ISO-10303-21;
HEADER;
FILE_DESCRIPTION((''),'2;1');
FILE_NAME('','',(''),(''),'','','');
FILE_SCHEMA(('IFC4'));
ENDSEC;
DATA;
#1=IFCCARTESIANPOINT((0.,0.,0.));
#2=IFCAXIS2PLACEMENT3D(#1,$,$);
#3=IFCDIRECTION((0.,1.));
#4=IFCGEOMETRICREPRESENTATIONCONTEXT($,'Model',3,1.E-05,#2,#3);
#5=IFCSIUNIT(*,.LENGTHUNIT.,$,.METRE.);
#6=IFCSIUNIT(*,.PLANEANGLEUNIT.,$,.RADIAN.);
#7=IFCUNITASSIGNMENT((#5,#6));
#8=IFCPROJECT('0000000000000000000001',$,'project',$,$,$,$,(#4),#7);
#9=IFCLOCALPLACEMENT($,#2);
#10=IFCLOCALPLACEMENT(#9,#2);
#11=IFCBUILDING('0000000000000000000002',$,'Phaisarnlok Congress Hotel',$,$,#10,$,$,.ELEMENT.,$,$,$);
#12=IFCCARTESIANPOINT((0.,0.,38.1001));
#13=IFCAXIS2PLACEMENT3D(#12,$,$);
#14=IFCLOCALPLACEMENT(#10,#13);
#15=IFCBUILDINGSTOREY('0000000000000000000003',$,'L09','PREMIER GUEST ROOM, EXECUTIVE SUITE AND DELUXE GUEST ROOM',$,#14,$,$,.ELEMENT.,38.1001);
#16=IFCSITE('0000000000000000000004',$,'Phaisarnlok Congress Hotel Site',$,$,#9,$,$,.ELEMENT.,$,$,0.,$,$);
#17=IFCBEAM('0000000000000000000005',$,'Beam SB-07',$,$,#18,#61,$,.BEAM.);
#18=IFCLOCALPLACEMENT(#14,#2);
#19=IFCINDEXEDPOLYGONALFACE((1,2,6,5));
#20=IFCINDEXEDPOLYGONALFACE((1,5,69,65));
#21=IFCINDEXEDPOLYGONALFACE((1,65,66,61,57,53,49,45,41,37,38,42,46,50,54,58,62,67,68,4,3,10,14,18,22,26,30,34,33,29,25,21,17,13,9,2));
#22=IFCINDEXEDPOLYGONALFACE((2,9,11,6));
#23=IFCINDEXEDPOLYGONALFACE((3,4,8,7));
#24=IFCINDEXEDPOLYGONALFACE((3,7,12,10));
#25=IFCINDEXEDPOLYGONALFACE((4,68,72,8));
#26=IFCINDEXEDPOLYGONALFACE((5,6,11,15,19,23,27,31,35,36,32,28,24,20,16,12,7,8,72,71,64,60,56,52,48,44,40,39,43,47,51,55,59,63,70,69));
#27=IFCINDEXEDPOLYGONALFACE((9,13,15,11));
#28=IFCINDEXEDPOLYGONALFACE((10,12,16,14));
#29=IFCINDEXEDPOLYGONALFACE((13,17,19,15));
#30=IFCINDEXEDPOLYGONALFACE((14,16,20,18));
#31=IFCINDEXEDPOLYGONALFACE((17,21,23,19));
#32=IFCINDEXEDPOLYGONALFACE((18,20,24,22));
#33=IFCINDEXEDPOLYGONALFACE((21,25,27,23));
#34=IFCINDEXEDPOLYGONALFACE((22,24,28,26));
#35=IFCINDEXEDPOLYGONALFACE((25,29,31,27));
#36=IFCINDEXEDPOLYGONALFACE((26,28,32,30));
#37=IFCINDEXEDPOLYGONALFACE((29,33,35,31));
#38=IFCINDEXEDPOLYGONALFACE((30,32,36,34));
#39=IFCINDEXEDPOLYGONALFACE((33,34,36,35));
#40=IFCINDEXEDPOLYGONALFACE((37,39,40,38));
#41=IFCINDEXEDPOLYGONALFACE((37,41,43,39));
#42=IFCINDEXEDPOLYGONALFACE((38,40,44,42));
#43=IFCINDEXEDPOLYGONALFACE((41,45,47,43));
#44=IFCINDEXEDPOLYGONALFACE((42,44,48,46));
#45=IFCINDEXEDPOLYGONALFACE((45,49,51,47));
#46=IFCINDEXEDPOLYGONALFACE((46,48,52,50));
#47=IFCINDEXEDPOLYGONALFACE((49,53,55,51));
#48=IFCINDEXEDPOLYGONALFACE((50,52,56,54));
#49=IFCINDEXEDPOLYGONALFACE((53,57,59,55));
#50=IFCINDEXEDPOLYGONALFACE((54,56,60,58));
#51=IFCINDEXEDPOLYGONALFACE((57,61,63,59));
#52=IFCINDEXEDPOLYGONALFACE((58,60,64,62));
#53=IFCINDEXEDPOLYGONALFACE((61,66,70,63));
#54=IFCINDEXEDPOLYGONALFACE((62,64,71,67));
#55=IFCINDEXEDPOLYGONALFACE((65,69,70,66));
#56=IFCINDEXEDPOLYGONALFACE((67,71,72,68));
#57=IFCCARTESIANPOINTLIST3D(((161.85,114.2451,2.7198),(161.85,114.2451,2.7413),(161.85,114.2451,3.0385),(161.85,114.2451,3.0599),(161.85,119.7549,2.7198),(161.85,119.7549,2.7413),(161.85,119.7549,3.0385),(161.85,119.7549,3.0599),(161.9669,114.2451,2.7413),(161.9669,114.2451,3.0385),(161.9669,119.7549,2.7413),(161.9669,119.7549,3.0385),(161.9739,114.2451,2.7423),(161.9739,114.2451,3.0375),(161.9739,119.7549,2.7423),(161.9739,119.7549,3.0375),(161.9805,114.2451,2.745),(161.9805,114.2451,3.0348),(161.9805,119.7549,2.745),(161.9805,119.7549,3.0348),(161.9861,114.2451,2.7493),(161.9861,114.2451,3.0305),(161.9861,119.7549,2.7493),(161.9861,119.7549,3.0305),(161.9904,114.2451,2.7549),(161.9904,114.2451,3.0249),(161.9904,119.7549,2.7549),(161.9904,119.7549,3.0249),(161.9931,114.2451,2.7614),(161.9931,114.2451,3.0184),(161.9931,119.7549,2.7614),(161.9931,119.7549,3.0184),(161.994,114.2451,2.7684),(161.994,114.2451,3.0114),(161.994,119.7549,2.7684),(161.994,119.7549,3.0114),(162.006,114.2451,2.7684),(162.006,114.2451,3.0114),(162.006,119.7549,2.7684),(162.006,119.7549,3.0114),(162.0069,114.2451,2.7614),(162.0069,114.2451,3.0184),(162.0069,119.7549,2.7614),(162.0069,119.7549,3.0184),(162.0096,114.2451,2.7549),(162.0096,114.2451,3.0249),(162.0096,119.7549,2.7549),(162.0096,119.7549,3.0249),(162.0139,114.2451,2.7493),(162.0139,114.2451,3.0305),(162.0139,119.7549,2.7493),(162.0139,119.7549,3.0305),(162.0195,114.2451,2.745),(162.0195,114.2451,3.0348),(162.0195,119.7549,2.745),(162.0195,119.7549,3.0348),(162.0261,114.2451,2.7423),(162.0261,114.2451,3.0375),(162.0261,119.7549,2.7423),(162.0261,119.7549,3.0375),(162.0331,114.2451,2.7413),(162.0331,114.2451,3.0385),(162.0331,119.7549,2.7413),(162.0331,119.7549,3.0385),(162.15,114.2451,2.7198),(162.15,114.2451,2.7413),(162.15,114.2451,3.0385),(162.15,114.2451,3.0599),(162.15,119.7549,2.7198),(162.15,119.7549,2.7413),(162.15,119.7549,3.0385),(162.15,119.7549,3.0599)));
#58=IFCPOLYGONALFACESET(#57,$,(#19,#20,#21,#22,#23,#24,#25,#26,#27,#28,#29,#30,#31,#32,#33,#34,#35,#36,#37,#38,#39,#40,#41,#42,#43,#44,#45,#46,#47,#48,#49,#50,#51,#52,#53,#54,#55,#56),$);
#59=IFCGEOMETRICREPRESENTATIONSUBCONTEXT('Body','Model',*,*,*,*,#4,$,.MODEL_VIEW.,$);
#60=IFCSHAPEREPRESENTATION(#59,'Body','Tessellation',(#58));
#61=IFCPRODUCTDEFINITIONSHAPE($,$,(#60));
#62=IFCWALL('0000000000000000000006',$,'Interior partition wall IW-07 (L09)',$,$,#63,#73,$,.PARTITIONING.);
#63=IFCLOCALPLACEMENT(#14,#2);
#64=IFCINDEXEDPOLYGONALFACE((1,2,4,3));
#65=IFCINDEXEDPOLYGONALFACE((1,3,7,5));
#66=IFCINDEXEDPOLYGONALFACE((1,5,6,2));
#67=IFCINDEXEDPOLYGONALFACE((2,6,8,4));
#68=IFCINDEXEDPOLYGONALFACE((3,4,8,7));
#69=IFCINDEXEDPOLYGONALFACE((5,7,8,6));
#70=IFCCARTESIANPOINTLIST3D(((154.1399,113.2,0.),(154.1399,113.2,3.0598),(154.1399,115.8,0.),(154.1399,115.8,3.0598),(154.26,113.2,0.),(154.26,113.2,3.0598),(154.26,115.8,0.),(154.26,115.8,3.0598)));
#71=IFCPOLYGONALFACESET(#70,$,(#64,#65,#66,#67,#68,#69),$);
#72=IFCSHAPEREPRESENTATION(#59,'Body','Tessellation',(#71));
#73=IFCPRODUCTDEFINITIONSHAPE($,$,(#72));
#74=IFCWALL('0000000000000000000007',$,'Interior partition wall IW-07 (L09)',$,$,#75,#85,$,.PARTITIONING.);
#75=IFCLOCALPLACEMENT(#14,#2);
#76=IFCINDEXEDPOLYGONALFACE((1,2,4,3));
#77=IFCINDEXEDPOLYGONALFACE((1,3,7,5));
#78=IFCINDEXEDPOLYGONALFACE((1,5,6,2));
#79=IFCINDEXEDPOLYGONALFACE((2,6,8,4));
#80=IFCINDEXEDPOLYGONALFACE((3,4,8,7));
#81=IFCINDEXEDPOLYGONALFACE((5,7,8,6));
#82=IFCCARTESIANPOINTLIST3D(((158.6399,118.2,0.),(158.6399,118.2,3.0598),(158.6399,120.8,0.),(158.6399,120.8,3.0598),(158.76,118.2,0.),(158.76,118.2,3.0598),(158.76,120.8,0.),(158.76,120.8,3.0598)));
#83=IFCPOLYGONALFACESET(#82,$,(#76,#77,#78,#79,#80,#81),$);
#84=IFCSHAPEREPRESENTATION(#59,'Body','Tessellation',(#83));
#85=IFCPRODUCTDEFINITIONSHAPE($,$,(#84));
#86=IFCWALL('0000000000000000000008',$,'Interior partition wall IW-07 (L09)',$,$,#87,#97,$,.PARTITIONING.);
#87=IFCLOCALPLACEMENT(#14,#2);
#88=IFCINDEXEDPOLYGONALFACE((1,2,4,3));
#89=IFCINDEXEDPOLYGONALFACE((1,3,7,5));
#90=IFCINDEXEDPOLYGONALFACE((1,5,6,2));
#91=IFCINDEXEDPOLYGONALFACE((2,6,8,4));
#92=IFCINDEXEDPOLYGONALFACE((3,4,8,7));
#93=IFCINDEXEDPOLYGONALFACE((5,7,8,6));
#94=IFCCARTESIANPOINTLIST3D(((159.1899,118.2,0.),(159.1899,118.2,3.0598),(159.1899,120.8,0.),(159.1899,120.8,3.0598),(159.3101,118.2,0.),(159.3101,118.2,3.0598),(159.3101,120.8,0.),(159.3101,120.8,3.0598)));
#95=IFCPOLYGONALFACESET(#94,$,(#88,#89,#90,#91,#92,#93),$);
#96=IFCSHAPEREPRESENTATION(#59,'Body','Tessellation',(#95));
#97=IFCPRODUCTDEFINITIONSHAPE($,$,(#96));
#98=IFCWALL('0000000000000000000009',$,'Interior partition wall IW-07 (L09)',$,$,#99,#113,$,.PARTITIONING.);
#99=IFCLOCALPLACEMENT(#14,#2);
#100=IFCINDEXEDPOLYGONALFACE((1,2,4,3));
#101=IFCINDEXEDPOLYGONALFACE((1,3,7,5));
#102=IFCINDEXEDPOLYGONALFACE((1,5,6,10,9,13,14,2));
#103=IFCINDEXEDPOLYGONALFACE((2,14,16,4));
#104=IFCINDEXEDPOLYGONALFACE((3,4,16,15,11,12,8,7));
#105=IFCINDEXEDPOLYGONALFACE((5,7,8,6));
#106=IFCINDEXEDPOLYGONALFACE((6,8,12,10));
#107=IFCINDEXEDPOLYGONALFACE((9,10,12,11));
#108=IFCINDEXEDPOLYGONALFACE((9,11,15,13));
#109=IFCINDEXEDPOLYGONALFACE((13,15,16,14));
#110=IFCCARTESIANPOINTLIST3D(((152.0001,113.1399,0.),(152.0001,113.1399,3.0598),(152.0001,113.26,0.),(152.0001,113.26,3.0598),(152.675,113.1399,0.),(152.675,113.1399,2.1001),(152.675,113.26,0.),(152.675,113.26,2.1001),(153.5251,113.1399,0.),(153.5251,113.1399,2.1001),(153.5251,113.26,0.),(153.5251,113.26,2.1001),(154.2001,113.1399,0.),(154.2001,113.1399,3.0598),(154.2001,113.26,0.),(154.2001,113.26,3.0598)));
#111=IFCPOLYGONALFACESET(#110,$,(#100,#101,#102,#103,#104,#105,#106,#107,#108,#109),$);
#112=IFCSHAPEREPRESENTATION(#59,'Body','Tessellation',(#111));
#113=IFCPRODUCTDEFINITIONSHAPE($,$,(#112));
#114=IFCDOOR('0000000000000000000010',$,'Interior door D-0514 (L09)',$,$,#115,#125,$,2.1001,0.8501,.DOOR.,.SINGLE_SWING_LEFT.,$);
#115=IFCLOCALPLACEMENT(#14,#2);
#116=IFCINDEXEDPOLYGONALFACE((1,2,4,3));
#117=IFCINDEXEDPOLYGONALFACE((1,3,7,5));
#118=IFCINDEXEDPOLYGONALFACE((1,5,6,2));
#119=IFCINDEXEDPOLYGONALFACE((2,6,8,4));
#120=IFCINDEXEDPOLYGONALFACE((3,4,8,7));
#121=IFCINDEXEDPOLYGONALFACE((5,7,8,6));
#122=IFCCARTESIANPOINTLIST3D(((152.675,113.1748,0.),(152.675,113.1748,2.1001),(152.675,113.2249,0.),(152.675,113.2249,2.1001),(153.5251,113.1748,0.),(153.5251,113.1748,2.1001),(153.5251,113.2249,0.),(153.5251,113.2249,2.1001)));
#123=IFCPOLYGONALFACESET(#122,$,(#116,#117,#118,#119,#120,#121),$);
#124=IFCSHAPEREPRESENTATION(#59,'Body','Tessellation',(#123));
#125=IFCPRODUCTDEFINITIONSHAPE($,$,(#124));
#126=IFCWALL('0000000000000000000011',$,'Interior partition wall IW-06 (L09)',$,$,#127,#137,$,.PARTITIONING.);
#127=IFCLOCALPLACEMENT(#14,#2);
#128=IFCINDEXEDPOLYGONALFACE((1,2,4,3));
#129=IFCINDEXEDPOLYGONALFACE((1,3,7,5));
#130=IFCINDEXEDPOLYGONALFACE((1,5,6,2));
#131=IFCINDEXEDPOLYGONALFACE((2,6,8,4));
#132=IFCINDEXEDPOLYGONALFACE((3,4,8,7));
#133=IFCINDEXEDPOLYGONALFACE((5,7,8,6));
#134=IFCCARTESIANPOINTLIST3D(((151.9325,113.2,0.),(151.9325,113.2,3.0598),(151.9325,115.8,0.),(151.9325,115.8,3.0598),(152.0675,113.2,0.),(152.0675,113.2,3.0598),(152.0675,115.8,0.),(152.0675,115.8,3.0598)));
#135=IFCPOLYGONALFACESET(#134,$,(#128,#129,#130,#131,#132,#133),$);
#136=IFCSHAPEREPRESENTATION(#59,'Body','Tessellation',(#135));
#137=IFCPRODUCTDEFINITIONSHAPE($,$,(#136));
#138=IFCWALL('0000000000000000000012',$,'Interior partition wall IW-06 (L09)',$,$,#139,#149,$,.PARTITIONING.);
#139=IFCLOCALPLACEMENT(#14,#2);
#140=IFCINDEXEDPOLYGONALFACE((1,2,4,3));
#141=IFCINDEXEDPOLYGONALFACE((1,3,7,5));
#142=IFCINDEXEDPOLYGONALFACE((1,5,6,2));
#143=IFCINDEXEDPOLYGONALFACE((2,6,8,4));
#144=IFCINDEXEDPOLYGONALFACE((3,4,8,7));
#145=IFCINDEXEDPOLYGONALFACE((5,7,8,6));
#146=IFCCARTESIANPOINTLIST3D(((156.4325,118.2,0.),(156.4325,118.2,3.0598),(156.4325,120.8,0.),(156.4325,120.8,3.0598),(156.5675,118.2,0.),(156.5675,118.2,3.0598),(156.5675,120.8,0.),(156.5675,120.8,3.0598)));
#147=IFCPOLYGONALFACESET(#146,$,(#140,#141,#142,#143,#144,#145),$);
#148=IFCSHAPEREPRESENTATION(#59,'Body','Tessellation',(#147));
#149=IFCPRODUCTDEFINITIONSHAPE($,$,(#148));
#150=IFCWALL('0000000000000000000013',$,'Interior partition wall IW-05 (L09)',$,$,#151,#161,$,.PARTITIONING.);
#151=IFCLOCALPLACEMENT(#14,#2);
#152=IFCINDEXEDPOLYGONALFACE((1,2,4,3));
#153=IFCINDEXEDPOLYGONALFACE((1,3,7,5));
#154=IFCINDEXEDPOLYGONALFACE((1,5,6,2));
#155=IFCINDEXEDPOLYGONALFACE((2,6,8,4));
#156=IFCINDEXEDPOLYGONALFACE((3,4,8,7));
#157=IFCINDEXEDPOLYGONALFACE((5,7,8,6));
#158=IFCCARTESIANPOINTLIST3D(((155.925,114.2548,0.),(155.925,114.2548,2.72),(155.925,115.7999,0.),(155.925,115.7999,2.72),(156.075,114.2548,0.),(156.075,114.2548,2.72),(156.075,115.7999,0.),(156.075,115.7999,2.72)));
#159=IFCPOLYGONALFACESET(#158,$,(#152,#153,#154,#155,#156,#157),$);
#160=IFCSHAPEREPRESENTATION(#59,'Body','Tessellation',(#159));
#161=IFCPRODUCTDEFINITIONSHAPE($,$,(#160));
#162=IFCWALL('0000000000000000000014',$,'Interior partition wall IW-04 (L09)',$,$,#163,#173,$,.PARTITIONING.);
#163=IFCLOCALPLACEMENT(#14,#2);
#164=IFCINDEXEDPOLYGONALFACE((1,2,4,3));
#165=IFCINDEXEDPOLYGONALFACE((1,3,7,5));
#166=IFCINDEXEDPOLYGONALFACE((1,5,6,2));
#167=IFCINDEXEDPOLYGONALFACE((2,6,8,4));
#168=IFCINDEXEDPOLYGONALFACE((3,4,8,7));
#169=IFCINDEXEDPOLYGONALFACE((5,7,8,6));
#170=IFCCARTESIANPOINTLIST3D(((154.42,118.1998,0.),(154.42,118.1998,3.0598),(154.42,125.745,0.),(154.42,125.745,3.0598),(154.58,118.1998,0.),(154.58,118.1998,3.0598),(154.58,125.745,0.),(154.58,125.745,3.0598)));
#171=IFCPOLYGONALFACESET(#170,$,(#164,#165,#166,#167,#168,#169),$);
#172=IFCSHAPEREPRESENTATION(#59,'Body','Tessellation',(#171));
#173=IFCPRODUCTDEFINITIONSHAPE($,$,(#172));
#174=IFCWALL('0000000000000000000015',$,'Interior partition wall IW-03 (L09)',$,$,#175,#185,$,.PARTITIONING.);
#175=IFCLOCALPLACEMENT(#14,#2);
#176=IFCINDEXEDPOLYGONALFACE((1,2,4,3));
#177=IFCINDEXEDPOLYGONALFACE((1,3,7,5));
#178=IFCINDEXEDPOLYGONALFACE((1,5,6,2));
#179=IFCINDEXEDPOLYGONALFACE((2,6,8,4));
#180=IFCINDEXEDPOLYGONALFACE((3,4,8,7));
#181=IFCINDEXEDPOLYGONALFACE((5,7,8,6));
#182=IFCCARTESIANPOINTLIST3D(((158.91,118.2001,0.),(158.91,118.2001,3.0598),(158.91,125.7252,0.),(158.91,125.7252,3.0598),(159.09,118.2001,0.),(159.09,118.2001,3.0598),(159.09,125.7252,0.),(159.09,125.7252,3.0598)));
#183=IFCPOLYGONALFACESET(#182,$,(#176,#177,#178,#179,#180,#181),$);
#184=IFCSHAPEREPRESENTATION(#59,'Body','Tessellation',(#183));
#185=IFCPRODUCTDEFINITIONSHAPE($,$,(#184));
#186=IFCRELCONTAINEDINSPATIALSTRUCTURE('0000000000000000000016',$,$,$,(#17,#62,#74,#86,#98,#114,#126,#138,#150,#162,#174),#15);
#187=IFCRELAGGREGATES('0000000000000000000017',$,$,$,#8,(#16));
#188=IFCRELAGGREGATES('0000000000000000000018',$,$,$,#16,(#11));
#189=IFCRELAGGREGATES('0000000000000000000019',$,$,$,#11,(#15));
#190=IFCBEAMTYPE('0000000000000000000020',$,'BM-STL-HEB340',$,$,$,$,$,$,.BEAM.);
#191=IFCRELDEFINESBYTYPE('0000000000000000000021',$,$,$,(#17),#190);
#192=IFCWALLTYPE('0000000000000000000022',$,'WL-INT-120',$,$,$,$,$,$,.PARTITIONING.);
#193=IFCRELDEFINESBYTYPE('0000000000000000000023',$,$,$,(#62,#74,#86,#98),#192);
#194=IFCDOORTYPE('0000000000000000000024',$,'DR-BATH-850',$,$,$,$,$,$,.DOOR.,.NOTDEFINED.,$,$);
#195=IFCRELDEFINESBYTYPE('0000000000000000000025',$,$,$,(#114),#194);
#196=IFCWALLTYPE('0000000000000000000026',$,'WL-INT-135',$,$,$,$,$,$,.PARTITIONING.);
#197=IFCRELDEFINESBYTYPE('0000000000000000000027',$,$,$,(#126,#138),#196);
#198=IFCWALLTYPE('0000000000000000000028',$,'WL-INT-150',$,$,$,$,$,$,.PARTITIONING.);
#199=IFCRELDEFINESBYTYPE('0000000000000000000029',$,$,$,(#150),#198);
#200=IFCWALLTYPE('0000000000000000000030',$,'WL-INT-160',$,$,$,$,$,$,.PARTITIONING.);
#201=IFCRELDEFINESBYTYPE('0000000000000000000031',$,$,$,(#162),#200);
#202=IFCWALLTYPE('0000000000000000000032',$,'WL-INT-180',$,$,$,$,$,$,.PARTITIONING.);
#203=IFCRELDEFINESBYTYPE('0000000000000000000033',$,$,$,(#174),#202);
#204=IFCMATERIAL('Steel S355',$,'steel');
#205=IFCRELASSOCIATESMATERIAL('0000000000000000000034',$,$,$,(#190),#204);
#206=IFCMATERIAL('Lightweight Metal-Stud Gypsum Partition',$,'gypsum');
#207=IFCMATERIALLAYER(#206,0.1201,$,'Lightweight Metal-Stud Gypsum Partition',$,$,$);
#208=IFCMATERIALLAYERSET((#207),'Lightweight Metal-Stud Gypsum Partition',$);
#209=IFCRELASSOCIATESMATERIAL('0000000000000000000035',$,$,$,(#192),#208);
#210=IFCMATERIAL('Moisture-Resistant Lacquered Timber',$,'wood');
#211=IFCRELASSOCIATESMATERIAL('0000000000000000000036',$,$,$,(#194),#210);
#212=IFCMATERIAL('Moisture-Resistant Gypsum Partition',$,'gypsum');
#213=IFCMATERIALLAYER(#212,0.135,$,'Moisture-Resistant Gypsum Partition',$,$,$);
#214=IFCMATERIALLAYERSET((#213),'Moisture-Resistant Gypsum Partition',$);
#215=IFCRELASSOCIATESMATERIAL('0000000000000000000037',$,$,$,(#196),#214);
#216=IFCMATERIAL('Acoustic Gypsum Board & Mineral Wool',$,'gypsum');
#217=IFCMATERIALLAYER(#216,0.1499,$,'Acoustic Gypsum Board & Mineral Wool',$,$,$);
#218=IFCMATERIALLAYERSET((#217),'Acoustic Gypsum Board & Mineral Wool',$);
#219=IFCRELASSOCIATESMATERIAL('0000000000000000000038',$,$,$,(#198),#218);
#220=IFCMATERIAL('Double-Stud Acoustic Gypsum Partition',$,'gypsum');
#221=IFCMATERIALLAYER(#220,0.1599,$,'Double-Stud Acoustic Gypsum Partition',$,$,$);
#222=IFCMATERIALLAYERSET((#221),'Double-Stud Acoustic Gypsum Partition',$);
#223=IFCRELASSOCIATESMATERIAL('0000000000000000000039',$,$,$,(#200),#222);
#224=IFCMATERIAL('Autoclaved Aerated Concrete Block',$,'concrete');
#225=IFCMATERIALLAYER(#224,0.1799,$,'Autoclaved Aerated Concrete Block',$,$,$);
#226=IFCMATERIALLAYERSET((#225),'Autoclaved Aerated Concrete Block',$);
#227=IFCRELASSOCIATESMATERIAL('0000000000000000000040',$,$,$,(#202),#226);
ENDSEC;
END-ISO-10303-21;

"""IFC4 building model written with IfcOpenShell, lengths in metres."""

from ifc_helpers import new_model, si_unit, direction, frame, frame_2d, origin, origin_2d, place, context, subcontext, project, spatial, rectangle, i_section, extrude, material, layer, layer_set, material_profile, profile_set, type_object, element, fill, save


model = new_model("IFC4")

# Units and contexts
model_context = context("Model", 3, precision=1e-05, world=origin(), true_north=direction((0.0, 1.0)))
body_context = subcontext(model_context, "Body", "Model", "MODEL_VIEW")
ifc_project = project(units=[si_unit("LENGTHUNIT", "METRE"), si_unit("PLANEANGLEUNIT", "RADIAN")], contexts=[model_context])

# Site, building, storey
site_placement = place(None, origin())
site = spatial("IfcSite", under=ifc_project, at=site_placement, Name="Phaisarnlok Congress Hotel Site", CompositionType="ELEMENT", RefElevation=0.0)
building_placement = place(site_placement, origin())
building = spatial("IfcBuilding", under=site, at=building_placement, Name="Phaisarnlok Congress Hotel", CompositionType="ELEMENT")
storey_placement = place(building_placement, frame((0.0, 0.0, 38.1001)))
storey = spatial("IfcBuildingStorey", under=building, at=storey_placement, Name="L09", Description="PREMIER GUEST ROOM, EXECUTIVE SUITE AND DELUXE GUEST ROOM", CompositionType="ELEMENT", Elevation=38.1001)

# Beam
ifc_material_1 = material(Name="Steel S355", Category="steel")
ifc_material_profile_1 = material_profile(ifc_material_1, i_section(OverallWidth=0.3, OverallDepth=0.3401, WebThickness=0.012, FlangeThickness=0.0215, FilletRadius=0.0271, at=origin_2d()), Name="HEB 340")
ifc_profile_set_1 = profile_set([ifc_material_profile_1], Name="Steel S355")
beam_type_1 = type_object("IfcBeamType", Name="BM-STL-HEB340", PredefinedType="BEAM", material=ifc_profile_set_1)
for number, where, z_axis, x_axis, name in (
    (1, (162.0, 114.2451, 2.8899), (0.0, 1.0, 0.0), (-1.0, 0.0, 0.0), "Beam SB-07"),
):
    element("IfcBeam", number, at=place(storey_placement, frame(where, z_axis=z_axis, x_axis=x_axis)), inside=storey, type_object=beam_type_1, Name=name, PredefinedType="BEAM", context=body_context, shape_type="SweptSolid", body=[
        extrude(i_section(OverallWidth=0.3, OverallDepth=0.3401, WebThickness=0.012, FlangeThickness=0.0215, FilletRadius=0.0271, at=origin_2d()), origin(), (0.0, 0.0, 1.0), 5.5098),
    ])

# Walls
ifc_material_2 = material(Name="Lightweight Metal-Stud Gypsum Partition", Category="gypsum")
ifc_layer_1 = layer(ifc_material_2, 0.1201, Name="Lightweight Metal-Stud Gypsum Partition")
ifc_layer_set_1 = layer_set([ifc_layer_1], Name="Lightweight Metal-Stud Gypsum Partition")
wall_type_1 = type_object("IfcWallType", Name="WL-INT-120", PredefinedType="PARTITIONING", material=ifc_layer_set_1)
for number, where, z_axis, x_axis, name in (
    (2, (154.2, 113.2, 0.0), (0.0, 0.0, 1.0), (0.0, 1.0, 0.0), "Interior partition wall IW-07 (L09)"),
    (3, (158.7, 118.2, 0.0), (0.0, 0.0, 1.0), (0.0, 1.0, 0.0), "Interior partition wall IW-07 (L09)"),
    (4, (159.25, 118.2, 0.0), (0.0, 0.0, 1.0), (0.0, 1.0, 0.0), "Interior partition wall IW-07 (L09)"),
):
    element("IfcWall", number, at=place(storey_placement, frame(where, z_axis=z_axis, x_axis=x_axis)), inside=storey, type_object=wall_type_1, Name=name, PredefinedType="PARTITIONING", context=body_context, shape_type="SweptSolid", body=[
        extrude(rectangle(XDim=2.6001, YDim=0.1201, at=frame_2d((1.3, 0.0))), origin(), (0.0, 0.0, 1.0), 3.0598),
    ])

# Wall, opening, door
wall_1_placement = place(storey_placement, frame((152.0, 113.2, 0.0), z_axis=(0.0, 0.0, 1.0), x_axis=(1.0, 0.0, 0.0)))
wall_1 = element("IfcWall", 5, at=wall_1_placement, inside=storey, type_object=wall_type_1, Name="Interior partition wall IW-07 (L09)", PredefinedType="PARTITIONING", context=body_context, shape_type="SweptSolid", body=[
    extrude(rectangle(XDim=2.2, YDim=0.1201, at=frame_2d((1.1001, 0.0))), origin(), (0.0, 0.0, 1.0), 3.0598),
])
opening_placement = place(wall_1_placement, frame((0.675, 0.0, 0.0)))
opening = element("IfcOpeningElement", 6, at=opening_placement, cuts=wall_1, PredefinedType="OPENING", context=body_context, shape_type="SweptSolid", body=[
    extrude(rectangle(XDim=0.8501, YDim=2.1001, at=frame_2d((0.425, 1.05))), frame((0.0, 0.0701, 0.0), z_axis=(0.0, -1.0, 0.0), x_axis=(1.0, 0.0, 0.0)), (0.0, 0.0, 1.0), 0.1401),
])
ifc_material_3 = material(Name="Moisture-Resistant Lacquered Timber", Category="wood")
door_type = type_object("IfcDoorType", Name="DR-BATH-850", OperationType="NOTDEFINED", PredefinedType="DOOR", material=ifc_material_3)
door_placement = place(opening_placement, origin())
door = element("IfcDoor", 7, at=door_placement, inside=storey, type_object=door_type, Name="Interior door D-0514 (L09)", OperationType="SINGLE_SWING_LEFT", OverallHeight=2.1001, OverallWidth=0.8501, PredefinedType="DOOR", context=body_context, shape_type="SweptSolid", body=[
    extrude(rectangle(XDim=0.8501, YDim=2.1001, at=frame_2d((0.425, 1.05))), frame((0.0, 0.0249, 0.0), z_axis=(0.0, -1.0, 0.0), x_axis=(1.0, 0.0, 0.0)), (0.0, 0.0, 1.0), 0.05),
])
fill(opening, door)

# Walls
ifc_material_4 = material(Name="Moisture-Resistant Gypsum Partition", Category="gypsum")
ifc_layer_2 = layer(ifc_material_4, 0.135, Name="Moisture-Resistant Gypsum Partition")
ifc_layer_set_2 = layer_set([ifc_layer_2], Name="Moisture-Resistant Gypsum Partition")
wall_type_2 = type_object("IfcWallType", Name="WL-INT-135", PredefinedType="PARTITIONING", material=ifc_layer_set_2)
for number, where, z_axis, x_axis, name in (
    (8, (152.0, 113.2, 0.0), (0.0, 0.0, 1.0), (0.0, 1.0, 0.0), "Interior partition wall IW-06 (L09)"),
    (9, (156.5, 118.2, 0.0), (0.0, 0.0, 1.0), (0.0, 1.0, 0.0), "Interior partition wall IW-06 (L09)"),
):
    element("IfcWall", number, at=place(storey_placement, frame(where, z_axis=z_axis, x_axis=x_axis)), inside=storey, type_object=wall_type_2, Name=name, PredefinedType="PARTITIONING", context=body_context, shape_type="SweptSolid", body=[
        extrude(rectangle(XDim=2.6001, YDim=0.135, at=frame_2d((1.3, 0.0))), origin(), (0.0, 0.0, 1.0), 3.0598),
    ])
ifc_material_5 = material(Name="Acoustic Gypsum Board & Mineral Wool", Category="gypsum")
ifc_layer_3 = layer(ifc_material_5, 0.1499, Name="Acoustic Gypsum Board & Mineral Wool")
ifc_layer_set_3 = layer_set([ifc_layer_3], Name="Acoustic Gypsum Board & Mineral Wool")
wall_type_3 = type_object("IfcWallType", Name="WL-INT-150", PredefinedType="PARTITIONING", material=ifc_layer_set_3)
wall_2_placement = place(storey_placement, frame((156.0, 114.2549, 0.0), z_axis=(0.0, 0.0, 1.0), x_axis=(0.0, 1.0, 0.0)))
element("IfcWall", 10, at=wall_2_placement, inside=storey, type_object=wall_type_3, Name="Interior partition wall IW-05 (L09)", PredefinedType="PARTITIONING", context=body_context, shape_type="SweptSolid", body=[
    extrude(rectangle(XDim=1.5452, YDim=0.1499, at=frame_2d((0.7725, 0.0))), origin(), (0.0, 0.0, 1.0), 2.72),
])
ifc_material_6 = material(Name="Double-Stud Acoustic Gypsum Partition", Category="gypsum")
ifc_layer_4 = layer(ifc_material_6, 0.1599, Name="Double-Stud Acoustic Gypsum Partition")
ifc_layer_set_4 = layer_set([ifc_layer_4], Name="Double-Stud Acoustic Gypsum Partition")
wall_type_4 = type_object("IfcWallType", Name="WL-INT-160", PredefinedType="PARTITIONING", material=ifc_layer_set_4)
wall_3_placement = place(storey_placement, frame((154.5, 118.2, 0.0), z_axis=(0.0, 0.0, 1.0), x_axis=(0.0, 1.0, 0.0)))
element("IfcWall", 11, at=wall_3_placement, inside=storey, type_object=wall_type_4, Name="Interior partition wall IW-04 (L09)", PredefinedType="PARTITIONING", context=body_context, shape_type="SweptSolid", body=[
    extrude(rectangle(XDim=7.5452, YDim=0.1599, at=frame_2d((3.7725, 0.0))), origin(), (0.0, 0.0, 1.0), 3.0598),
])
ifc_material_7 = material(Name="Autoclaved Aerated Concrete Block", Category="concrete")
ifc_layer_5 = layer(ifc_material_7, 0.1799, Name="Autoclaved Aerated Concrete Block")
ifc_layer_set_5 = layer_set([ifc_layer_5], Name="Autoclaved Aerated Concrete Block")
wall_type_5 = type_object("IfcWallType", Name="WL-INT-180", PredefinedType="PARTITIONING", material=ifc_layer_set_5)
wall_4_placement = place(storey_placement, frame((159.0, 118.2, 0.0), z_axis=(0.0, 0.0, 1.0), x_axis=(0.0, 1.0, 0.0)))
element("IfcWall", 12, at=wall_4_placement, inside=storey, type_object=wall_type_5, Name="Interior partition wall IW-03 (L09)", PredefinedType="PARTITIONING", context=body_context, shape_type="SweptSolid", body=[
    extrude(rectangle(XDim=7.5251, YDim=0.1799, at=frame_2d((3.7627, 0.0))), origin(), (0.0, 0.0, 1.0), 3.0598),
])

save(model, "model.ifc")
